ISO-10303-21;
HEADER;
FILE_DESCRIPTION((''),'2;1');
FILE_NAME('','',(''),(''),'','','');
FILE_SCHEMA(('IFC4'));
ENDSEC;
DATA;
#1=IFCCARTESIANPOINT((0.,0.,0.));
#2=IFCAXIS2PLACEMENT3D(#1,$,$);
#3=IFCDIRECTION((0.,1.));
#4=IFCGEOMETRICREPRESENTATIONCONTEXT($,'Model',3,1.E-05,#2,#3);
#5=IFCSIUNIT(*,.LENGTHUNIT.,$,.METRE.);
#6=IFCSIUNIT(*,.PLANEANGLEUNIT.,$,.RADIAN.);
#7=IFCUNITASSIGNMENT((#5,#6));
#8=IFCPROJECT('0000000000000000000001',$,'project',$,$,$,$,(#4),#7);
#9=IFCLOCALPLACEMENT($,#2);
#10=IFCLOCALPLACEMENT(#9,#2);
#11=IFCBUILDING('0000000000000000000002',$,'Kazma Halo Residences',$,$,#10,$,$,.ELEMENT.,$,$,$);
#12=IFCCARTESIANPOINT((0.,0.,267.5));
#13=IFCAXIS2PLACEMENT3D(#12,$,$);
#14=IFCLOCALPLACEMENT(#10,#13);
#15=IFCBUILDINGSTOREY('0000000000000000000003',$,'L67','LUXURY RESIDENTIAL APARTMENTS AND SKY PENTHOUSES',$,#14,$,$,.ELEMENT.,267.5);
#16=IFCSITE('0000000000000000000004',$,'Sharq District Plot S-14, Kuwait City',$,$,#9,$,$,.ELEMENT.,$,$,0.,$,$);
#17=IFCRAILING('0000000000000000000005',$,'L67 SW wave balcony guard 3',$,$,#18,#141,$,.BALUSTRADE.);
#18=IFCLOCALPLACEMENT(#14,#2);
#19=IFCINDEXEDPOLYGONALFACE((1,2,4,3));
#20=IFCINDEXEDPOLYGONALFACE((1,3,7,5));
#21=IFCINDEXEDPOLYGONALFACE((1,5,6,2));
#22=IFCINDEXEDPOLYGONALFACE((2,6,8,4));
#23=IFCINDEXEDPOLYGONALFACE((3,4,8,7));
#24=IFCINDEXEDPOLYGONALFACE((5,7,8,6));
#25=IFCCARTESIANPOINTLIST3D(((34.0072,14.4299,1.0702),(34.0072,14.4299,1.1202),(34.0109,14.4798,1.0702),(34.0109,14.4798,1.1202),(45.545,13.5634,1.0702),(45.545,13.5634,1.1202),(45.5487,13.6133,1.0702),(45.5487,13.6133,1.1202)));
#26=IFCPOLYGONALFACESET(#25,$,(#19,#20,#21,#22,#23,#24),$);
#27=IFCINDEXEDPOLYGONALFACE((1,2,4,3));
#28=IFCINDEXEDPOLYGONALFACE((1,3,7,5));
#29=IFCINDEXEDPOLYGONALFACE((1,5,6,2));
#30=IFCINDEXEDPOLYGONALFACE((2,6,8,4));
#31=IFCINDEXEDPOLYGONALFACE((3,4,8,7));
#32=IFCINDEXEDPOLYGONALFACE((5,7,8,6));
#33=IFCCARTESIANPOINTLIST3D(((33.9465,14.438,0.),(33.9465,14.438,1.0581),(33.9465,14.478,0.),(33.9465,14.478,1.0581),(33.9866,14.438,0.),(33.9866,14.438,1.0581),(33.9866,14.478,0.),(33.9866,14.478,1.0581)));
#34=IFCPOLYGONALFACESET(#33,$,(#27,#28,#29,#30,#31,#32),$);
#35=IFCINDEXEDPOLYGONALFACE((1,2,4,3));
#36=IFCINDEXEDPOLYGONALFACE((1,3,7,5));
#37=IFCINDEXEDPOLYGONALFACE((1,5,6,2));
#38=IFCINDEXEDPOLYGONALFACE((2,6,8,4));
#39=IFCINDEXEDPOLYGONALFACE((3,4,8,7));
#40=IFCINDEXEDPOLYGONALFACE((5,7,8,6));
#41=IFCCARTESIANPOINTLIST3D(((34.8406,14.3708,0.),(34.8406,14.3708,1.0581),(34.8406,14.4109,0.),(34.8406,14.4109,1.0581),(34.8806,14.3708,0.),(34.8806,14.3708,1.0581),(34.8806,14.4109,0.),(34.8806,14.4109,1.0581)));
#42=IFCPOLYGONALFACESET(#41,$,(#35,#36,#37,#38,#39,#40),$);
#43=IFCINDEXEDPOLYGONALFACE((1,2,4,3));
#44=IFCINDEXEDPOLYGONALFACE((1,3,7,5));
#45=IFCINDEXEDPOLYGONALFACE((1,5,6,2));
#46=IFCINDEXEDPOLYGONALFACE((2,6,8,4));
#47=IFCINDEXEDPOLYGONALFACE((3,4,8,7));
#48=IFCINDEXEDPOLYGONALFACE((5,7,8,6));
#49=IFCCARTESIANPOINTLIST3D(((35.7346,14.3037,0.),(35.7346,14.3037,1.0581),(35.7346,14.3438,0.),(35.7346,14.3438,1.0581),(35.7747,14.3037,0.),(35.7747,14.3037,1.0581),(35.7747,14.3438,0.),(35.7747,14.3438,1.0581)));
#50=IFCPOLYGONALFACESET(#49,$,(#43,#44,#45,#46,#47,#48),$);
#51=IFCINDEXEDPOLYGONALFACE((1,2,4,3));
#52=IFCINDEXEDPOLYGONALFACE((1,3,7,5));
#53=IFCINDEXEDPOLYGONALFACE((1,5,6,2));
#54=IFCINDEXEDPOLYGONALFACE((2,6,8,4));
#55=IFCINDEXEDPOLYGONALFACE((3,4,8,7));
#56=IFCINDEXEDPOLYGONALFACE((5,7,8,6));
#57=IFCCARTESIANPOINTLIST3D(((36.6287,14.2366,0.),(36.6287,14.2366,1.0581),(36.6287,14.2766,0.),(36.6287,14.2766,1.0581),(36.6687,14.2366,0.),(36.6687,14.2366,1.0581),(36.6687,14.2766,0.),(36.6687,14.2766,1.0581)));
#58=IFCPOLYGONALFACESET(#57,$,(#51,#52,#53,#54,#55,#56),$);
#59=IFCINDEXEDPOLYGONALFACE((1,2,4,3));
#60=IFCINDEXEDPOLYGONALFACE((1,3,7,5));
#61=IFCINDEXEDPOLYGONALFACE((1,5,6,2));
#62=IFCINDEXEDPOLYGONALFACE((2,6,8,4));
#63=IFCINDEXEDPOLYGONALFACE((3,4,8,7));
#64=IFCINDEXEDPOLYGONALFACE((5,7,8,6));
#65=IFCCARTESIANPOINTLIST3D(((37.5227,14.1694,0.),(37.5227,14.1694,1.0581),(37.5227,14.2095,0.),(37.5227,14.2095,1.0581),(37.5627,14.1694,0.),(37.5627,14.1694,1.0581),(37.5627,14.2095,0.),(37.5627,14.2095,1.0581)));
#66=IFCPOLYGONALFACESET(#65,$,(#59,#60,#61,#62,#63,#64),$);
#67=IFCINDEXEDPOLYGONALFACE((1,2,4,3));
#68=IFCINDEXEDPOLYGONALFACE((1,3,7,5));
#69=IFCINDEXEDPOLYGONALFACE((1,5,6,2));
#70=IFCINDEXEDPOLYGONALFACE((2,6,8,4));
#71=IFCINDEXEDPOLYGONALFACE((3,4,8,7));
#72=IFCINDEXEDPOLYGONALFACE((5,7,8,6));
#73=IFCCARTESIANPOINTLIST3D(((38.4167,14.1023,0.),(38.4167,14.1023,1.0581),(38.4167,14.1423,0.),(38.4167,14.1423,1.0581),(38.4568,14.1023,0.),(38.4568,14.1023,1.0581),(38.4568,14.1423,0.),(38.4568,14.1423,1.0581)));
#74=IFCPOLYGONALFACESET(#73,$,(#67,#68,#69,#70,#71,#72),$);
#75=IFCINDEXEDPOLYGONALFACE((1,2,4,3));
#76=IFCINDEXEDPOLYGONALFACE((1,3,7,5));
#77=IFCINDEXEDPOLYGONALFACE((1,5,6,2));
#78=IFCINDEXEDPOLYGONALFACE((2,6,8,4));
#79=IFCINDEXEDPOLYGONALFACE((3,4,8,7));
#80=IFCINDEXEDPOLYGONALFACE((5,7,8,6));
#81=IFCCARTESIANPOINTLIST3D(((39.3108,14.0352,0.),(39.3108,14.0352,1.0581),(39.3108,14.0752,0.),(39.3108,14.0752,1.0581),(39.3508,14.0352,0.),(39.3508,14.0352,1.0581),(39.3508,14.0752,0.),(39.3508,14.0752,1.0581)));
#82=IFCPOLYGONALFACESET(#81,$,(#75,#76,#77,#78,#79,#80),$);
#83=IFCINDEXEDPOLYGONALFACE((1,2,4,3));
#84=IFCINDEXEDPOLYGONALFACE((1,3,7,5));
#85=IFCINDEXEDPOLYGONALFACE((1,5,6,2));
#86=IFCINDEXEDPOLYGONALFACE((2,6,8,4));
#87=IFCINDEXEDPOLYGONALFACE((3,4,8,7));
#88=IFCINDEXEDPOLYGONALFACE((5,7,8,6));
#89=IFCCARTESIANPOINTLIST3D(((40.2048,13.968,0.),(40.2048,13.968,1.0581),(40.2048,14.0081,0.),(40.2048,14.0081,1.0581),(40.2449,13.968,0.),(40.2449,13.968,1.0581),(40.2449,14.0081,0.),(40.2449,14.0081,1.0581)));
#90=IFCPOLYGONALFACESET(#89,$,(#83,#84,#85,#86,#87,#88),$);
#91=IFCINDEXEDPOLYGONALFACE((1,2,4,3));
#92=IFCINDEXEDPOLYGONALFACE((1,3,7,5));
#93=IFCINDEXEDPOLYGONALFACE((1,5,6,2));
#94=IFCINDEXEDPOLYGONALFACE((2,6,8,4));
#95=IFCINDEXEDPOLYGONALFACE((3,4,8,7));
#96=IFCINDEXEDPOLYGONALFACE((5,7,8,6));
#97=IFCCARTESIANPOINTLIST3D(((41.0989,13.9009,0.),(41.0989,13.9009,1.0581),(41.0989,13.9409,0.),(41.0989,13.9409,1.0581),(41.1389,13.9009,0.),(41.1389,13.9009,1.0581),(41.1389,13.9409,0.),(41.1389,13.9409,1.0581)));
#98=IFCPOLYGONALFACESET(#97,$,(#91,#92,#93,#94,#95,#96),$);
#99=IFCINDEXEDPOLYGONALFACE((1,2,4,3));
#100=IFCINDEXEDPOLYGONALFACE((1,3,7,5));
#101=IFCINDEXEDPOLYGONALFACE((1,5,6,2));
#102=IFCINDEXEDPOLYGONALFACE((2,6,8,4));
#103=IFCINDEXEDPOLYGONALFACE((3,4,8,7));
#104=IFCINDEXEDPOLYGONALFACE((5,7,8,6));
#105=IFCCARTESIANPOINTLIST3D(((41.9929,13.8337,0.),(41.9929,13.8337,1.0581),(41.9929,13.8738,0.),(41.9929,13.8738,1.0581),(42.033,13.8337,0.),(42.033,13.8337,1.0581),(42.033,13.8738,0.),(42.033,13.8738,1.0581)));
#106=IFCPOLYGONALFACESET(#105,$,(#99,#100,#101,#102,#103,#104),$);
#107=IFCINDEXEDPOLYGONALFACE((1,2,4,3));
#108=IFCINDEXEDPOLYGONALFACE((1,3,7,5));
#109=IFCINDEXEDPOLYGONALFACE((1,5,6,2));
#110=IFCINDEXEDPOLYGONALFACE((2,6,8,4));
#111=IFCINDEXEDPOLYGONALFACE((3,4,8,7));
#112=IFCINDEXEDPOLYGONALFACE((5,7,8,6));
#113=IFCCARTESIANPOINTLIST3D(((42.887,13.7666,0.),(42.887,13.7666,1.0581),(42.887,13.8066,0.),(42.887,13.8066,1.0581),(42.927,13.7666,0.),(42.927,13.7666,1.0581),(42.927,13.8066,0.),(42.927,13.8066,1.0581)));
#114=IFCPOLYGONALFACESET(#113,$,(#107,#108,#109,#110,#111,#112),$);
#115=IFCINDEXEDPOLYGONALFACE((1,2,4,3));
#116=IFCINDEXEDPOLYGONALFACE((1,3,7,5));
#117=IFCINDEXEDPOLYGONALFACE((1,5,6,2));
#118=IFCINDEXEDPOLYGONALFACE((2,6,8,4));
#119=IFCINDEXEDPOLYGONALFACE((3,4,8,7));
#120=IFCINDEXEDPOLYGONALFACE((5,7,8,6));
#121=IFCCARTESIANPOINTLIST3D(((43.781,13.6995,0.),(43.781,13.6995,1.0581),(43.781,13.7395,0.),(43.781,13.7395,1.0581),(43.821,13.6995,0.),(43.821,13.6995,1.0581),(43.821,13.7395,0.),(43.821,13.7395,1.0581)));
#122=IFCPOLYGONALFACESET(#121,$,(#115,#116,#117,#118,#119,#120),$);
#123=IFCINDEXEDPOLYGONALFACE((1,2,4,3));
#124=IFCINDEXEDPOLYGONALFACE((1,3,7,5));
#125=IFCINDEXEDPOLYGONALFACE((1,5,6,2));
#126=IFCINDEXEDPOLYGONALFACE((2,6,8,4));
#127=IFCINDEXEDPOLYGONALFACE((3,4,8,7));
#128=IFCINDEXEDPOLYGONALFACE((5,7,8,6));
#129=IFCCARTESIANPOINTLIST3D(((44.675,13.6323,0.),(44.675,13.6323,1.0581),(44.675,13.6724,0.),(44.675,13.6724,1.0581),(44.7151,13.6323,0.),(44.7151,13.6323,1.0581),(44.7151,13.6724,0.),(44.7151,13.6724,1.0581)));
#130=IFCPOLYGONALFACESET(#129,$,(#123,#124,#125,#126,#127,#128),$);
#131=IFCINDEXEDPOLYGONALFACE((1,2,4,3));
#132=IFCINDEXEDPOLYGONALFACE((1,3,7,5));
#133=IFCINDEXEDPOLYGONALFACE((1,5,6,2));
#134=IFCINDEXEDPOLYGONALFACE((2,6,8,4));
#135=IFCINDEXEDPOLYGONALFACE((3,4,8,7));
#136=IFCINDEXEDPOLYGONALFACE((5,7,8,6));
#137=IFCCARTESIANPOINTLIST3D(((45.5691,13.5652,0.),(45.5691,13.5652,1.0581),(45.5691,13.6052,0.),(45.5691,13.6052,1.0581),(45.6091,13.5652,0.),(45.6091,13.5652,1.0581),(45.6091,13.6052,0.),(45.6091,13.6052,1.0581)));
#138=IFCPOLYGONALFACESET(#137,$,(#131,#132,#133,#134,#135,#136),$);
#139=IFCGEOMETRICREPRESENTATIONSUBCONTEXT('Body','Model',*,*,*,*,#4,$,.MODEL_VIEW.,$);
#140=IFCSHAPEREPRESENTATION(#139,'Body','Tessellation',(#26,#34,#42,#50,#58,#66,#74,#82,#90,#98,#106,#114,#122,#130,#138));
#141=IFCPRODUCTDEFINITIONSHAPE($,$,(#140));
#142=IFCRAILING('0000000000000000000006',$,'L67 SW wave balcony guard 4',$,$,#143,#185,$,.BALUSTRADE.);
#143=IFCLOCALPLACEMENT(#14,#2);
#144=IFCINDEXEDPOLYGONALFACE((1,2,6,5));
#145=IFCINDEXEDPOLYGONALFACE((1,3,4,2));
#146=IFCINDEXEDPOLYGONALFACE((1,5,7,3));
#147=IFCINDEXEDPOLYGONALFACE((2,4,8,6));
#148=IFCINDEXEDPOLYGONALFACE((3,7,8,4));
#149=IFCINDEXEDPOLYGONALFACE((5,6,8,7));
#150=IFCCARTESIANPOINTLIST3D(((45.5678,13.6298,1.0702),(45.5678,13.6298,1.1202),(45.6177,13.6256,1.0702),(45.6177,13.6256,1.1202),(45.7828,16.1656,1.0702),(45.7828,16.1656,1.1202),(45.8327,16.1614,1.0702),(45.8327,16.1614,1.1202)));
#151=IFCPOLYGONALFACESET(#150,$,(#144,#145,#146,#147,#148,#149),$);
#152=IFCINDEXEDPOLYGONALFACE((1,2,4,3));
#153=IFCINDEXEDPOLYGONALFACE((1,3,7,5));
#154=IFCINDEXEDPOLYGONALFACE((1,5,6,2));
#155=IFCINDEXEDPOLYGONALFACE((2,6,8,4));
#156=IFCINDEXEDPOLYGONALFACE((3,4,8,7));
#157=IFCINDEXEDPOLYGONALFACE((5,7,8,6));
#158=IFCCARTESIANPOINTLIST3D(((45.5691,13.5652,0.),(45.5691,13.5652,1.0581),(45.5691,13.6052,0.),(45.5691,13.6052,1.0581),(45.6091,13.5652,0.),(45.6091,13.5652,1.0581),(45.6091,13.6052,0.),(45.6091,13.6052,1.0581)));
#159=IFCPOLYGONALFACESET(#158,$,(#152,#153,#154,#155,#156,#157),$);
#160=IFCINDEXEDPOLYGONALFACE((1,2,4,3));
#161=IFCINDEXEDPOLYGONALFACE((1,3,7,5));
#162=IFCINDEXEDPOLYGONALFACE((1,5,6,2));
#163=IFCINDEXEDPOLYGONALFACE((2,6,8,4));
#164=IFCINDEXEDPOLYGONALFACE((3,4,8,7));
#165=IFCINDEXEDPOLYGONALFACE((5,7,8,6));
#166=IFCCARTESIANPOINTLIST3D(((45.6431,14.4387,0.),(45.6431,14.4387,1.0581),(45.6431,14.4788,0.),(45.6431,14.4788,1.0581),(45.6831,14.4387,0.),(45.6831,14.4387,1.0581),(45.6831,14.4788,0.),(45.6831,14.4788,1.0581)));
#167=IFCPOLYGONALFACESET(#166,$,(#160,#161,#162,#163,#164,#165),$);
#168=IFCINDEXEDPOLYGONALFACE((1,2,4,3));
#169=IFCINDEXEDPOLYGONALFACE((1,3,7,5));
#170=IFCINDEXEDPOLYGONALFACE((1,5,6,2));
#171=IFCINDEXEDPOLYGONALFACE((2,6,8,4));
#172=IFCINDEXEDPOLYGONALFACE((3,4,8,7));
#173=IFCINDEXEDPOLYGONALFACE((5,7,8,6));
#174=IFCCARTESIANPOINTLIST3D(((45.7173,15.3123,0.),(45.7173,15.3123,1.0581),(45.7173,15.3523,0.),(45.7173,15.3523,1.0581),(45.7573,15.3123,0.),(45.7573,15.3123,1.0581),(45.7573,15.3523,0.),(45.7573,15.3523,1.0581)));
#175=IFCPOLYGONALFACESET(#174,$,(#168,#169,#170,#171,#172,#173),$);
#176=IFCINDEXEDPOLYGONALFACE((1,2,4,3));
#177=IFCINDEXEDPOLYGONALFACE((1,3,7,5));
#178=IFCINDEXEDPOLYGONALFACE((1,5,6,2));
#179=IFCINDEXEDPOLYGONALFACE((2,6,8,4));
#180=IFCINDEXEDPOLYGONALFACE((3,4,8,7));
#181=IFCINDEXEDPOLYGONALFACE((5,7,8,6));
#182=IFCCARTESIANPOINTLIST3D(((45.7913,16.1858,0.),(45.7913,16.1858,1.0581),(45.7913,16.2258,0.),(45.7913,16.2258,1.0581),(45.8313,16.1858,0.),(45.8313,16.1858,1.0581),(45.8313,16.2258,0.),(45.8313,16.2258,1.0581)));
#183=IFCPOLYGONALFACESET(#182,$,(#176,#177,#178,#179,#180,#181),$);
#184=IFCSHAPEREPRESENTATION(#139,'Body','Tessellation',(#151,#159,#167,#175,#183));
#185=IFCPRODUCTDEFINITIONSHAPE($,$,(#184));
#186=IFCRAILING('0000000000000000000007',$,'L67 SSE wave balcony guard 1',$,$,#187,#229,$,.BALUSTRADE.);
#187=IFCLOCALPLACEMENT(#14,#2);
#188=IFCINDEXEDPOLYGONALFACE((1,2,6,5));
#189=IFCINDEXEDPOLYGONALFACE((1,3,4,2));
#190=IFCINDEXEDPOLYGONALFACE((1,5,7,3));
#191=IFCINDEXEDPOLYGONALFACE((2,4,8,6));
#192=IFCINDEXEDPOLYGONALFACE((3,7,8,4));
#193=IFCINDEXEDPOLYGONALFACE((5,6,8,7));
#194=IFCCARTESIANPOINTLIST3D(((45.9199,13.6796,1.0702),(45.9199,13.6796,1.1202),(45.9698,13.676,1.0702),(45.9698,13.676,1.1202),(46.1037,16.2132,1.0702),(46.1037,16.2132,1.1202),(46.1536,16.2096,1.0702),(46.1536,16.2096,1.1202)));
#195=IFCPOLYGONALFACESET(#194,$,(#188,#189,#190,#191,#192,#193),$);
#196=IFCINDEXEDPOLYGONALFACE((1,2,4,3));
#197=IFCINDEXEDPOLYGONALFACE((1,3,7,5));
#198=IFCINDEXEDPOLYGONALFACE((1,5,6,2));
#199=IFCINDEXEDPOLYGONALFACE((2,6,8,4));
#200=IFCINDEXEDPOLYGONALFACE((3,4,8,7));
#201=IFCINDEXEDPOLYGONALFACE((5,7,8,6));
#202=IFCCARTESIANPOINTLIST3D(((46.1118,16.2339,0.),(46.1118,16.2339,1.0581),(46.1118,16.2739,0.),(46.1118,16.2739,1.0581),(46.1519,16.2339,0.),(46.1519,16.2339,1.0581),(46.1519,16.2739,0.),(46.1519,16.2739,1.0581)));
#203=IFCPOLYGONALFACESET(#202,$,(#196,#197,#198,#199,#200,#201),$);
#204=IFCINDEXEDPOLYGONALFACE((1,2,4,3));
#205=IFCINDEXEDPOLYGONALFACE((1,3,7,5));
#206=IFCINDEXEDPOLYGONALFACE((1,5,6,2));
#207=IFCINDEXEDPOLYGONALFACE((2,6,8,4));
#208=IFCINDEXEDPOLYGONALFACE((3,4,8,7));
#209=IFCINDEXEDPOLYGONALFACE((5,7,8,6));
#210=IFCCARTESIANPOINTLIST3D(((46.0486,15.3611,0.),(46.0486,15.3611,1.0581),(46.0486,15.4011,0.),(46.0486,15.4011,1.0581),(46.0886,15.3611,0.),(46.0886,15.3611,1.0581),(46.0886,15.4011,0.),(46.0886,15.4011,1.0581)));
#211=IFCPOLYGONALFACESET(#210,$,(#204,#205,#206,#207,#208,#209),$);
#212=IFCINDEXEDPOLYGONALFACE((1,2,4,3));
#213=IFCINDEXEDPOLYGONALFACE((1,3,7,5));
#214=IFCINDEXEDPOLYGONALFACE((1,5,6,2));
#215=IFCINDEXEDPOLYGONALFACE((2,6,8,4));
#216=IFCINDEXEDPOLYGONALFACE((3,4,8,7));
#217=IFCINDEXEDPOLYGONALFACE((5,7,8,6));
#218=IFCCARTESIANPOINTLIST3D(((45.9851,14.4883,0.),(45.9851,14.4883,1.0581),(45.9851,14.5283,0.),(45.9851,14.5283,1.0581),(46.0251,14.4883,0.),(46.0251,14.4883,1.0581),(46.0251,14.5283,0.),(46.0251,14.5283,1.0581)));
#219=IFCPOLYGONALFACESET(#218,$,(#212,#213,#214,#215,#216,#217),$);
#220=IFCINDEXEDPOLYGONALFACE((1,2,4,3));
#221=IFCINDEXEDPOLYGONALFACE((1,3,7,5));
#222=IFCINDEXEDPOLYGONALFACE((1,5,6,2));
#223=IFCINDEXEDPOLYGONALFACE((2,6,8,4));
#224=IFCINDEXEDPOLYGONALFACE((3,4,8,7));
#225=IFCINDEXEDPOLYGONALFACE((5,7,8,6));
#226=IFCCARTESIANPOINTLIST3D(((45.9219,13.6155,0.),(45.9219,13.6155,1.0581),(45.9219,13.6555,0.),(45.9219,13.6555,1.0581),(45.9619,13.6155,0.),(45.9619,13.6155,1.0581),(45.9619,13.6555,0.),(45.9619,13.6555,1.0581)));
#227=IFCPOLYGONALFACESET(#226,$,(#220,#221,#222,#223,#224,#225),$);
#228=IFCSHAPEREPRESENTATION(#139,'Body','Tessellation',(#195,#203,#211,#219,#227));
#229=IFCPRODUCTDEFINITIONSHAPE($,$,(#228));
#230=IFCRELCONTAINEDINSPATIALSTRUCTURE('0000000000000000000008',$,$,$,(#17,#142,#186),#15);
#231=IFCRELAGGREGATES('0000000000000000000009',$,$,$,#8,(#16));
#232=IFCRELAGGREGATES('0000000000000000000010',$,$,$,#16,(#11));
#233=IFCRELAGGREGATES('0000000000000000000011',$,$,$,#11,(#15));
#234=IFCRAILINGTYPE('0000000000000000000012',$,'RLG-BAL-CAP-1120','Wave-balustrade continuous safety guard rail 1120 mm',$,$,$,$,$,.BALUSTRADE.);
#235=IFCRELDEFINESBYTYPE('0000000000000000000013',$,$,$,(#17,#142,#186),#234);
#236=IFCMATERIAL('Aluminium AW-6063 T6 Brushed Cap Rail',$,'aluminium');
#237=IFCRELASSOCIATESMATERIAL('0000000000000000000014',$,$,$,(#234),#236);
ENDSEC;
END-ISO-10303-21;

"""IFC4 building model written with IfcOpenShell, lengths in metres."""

from ifc_helpers import new_model, si_unit, direction, frame, origin, origin_2d, place, context, subcontext, project, spatial, rectangle, extrude, material, type_object, element, save


model = new_model("IFC4")

# Units and contexts
model_context = context("Model", 3, precision=1e-05, world=origin(), true_north=direction((0.0, 1.0)))
body_context = subcontext(model_context, "Body", "Model", "MODEL_VIEW")
ifc_project = project(units=[si_unit("LENGTHUNIT", "METRE"), si_unit("PLANEANGLEUNIT", "RADIAN")], contexts=[model_context])

# Site, building, storey
site_placement = place(None, origin())
site = spatial("IfcSite", under=ifc_project, at=site_placement, Name="Sharq District Plot S-14, Kuwait City", CompositionType="ELEMENT", RefElevation=0.0)
building_placement = place(site_placement, origin())
building = spatial("IfcBuilding", under=site, at=building_placement, Name="Kazma Halo Residences", CompositionType="ELEMENT")
storey_placement = place(building_placement, frame((0.0, 0.0, 267.5)))
storey = spatial("IfcBuildingStorey", under=building, at=storey_placement, Name="L67", Description="LUXURY RESIDENTIAL APARTMENTS AND SKY PENTHOUSES", CompositionType="ELEMENT", Elevation=267.5)

# Railings
ifc_material_1 = material(Name="Aluminium AW-6063 T6 Brushed Cap Rail", Category="aluminium")
railing_type = type_object("IfcRailingType", Name="RLG-BAL-CAP-1120", Description="Wave-balustrade continuous safety guard rail 1120 mm", PredefinedType="BALUSTRADE", material=ifc_material_1)
railing_1_placement = place(storey_placement, frame((33.9666, 14.458, 0.0)))
element("IfcRailing", 1, at=railing_1_placement, inside=storey, type_object=railing_type, Name="L67 SW wave balcony guard 3", PredefinedType="BALUSTRADE", context=body_context, shape_type="SweptSolid", body=[
    extrude(rectangle(XDim=0.05, YDim=0.05, at=origin_2d()), frame((0.0425, -0.0032, 1.0952), z_axis=(0.997192, -0.074885, 0.0), x_axis=(0.074885, 0.997192, 0.0)), (0.0, 0.0, 1.0), 11.5703),
    extrude(rectangle(XDim=0.04, YDim=0.04, at=origin_2d()), origin(), (0.0, 0.0, 1.0), 1.0581),
    extrude(rectangle(XDim=0.04, YDim=0.04, at=origin_2d()), frame((0.894, -0.0671, 0.0)), (0.0, 0.0, 1.0), 1.0581),
    extrude(rectangle(XDim=0.04, YDim=0.04, at=origin_2d()), frame((1.7881, -0.1343, 0.0)), (0.0, 0.0, 1.0), 1.0581),
    extrude(rectangle(XDim=0.04, YDim=0.04, at=origin_2d()), frame((2.6821, -0.2014, 0.0)), (0.0, 0.0, 1.0), 1.0581),
    extrude(rectangle(XDim=0.04, YDim=0.04, at=origin_2d()), frame((3.5762, -0.2686, 0.0)), (0.0, 0.0, 1.0), 1.0581),
    extrude(rectangle(XDim=0.04, YDim=0.04, at=origin_2d()), frame((4.4702, -0.3357, 0.0)), (0.0, 0.0, 1.0), 1.0581),
    extrude(rectangle(XDim=0.04, YDim=0.04, at=origin_2d()), frame((5.3643, -0.4028, 0.0)), (0.0, 0.0, 1.0), 1.0581),
    extrude(rectangle(XDim=0.04, YDim=0.04, at=origin_2d()), frame((6.2583, -0.47, 0.0)), (0.0, 0.0, 1.0), 1.0581),
    extrude(rectangle(XDim=0.04, YDim=0.04, at=origin_2d()), frame((7.1523, -0.5371, 0.0)), (0.0, 0.0, 1.0), 1.0581),
    extrude(rectangle(XDim=0.04, YDim=0.04, at=origin_2d()), frame((8.0464, -0.6042, 0.0)), (0.0, 0.0, 1.0), 1.0581),
    extrude(rectangle(XDim=0.04, YDim=0.04, at=origin_2d()), frame((8.9404, -0.6714, 0.0)), (0.0, 0.0, 1.0), 1.0581),
    extrude(rectangle(XDim=0.04, YDim=0.04, at=origin_2d()), frame((9.8345, -0.7385, 0.0)), (0.0, 0.0, 1.0), 1.0581),
    extrude(rectangle(XDim=0.04, YDim=0.04, at=origin_2d()), frame((10.7285, -0.8057, 0.0)), (0.0, 0.0, 1.0), 1.0581),
    extrude(rectangle(XDim=0.04, YDim=0.04, at=origin_2d()), frame((11.6226, -0.8728, 0.0)), (0.0, 0.0, 1.0), 1.0581),
])
railing_2_placement = place(storey_placement, frame((45.5891, 13.5852, 0.0)))
element("IfcRailing", 2, at=railing_2_placement, inside=storey, type_object=railing_type, Name="L67 SW wave balcony guard 4", PredefinedType="BALUSTRADE", context=body_context, shape_type="SweptSolid", body=[
    extrude(rectangle(XDim=0.05, YDim=0.05, at=origin_2d()), frame((0.0037, 0.0425, 1.0952), z_axis=(0.084474, 0.996426, 0.0), x_axis=(-0.996426, 0.084474, 0.0)), (0.0, 0.0, 1.0), 2.5449),
    extrude(rectangle(XDim=0.04, YDim=0.04, at=origin_2d()), origin(), (0.0, 0.0, 1.0), 1.0581),
    extrude(rectangle(XDim=0.04, YDim=0.04, at=origin_2d()), frame((0.074, 0.8735, 0.0)), (0.0, 0.0, 1.0), 1.0581),
    extrude(rectangle(XDim=0.04, YDim=0.04, at=origin_2d()), frame((0.1482, 1.7471, 0.0)), (0.0, 0.0, 1.0), 1.0581),
    extrude(rectangle(XDim=0.04, YDim=0.04, at=origin_2d()), frame((0.2222, 2.6206, 0.0)), (0.0, 0.0, 1.0), 1.0581),
])
railing_3_placement = place(storey_placement, frame((46.1318, 16.2539, 0.0)))
element("IfcRailing", 3, at=railing_3_placement, inside=storey, type_object=railing_type, Name="L67 SSE wave balcony guard 1", PredefinedType="BALUSTRADE", context=body_context, shape_type="SweptSolid", body=[
    extrude(rectangle(XDim=0.05, YDim=0.05, at=origin_2d()), frame((-0.0032, -0.0425, 1.0952), z_axis=(-0.072351, -0.997379, 0.0), x_axis=(0.997379, -0.072351, 0.0)), (0.0, 0.0, 1.0), 2.5403),
    extrude(rectangle(XDim=0.04, YDim=0.04, at=origin_2d()), origin(), (0.0, 0.0, 1.0), 1.0581),
    extrude(rectangle(XDim=0.04, YDim=0.04, at=origin_2d()), frame((-0.0632, -0.8728, 0.0)), (0.0, 0.0, 1.0), 1.0581),
    extrude(rectangle(XDim=0.04, YDim=0.04, at=origin_2d()), frame((-0.1267, -1.7456, 0.0)), (0.0, 0.0, 1.0), 1.0581),
    extrude(rectangle(XDim=0.04, YDim=0.04, at=origin_2d()), frame((-0.1899, -2.6184, 0.0)), (0.0, 0.0, 1.0), 1.0581),
])

save(model, "model.ifc")
